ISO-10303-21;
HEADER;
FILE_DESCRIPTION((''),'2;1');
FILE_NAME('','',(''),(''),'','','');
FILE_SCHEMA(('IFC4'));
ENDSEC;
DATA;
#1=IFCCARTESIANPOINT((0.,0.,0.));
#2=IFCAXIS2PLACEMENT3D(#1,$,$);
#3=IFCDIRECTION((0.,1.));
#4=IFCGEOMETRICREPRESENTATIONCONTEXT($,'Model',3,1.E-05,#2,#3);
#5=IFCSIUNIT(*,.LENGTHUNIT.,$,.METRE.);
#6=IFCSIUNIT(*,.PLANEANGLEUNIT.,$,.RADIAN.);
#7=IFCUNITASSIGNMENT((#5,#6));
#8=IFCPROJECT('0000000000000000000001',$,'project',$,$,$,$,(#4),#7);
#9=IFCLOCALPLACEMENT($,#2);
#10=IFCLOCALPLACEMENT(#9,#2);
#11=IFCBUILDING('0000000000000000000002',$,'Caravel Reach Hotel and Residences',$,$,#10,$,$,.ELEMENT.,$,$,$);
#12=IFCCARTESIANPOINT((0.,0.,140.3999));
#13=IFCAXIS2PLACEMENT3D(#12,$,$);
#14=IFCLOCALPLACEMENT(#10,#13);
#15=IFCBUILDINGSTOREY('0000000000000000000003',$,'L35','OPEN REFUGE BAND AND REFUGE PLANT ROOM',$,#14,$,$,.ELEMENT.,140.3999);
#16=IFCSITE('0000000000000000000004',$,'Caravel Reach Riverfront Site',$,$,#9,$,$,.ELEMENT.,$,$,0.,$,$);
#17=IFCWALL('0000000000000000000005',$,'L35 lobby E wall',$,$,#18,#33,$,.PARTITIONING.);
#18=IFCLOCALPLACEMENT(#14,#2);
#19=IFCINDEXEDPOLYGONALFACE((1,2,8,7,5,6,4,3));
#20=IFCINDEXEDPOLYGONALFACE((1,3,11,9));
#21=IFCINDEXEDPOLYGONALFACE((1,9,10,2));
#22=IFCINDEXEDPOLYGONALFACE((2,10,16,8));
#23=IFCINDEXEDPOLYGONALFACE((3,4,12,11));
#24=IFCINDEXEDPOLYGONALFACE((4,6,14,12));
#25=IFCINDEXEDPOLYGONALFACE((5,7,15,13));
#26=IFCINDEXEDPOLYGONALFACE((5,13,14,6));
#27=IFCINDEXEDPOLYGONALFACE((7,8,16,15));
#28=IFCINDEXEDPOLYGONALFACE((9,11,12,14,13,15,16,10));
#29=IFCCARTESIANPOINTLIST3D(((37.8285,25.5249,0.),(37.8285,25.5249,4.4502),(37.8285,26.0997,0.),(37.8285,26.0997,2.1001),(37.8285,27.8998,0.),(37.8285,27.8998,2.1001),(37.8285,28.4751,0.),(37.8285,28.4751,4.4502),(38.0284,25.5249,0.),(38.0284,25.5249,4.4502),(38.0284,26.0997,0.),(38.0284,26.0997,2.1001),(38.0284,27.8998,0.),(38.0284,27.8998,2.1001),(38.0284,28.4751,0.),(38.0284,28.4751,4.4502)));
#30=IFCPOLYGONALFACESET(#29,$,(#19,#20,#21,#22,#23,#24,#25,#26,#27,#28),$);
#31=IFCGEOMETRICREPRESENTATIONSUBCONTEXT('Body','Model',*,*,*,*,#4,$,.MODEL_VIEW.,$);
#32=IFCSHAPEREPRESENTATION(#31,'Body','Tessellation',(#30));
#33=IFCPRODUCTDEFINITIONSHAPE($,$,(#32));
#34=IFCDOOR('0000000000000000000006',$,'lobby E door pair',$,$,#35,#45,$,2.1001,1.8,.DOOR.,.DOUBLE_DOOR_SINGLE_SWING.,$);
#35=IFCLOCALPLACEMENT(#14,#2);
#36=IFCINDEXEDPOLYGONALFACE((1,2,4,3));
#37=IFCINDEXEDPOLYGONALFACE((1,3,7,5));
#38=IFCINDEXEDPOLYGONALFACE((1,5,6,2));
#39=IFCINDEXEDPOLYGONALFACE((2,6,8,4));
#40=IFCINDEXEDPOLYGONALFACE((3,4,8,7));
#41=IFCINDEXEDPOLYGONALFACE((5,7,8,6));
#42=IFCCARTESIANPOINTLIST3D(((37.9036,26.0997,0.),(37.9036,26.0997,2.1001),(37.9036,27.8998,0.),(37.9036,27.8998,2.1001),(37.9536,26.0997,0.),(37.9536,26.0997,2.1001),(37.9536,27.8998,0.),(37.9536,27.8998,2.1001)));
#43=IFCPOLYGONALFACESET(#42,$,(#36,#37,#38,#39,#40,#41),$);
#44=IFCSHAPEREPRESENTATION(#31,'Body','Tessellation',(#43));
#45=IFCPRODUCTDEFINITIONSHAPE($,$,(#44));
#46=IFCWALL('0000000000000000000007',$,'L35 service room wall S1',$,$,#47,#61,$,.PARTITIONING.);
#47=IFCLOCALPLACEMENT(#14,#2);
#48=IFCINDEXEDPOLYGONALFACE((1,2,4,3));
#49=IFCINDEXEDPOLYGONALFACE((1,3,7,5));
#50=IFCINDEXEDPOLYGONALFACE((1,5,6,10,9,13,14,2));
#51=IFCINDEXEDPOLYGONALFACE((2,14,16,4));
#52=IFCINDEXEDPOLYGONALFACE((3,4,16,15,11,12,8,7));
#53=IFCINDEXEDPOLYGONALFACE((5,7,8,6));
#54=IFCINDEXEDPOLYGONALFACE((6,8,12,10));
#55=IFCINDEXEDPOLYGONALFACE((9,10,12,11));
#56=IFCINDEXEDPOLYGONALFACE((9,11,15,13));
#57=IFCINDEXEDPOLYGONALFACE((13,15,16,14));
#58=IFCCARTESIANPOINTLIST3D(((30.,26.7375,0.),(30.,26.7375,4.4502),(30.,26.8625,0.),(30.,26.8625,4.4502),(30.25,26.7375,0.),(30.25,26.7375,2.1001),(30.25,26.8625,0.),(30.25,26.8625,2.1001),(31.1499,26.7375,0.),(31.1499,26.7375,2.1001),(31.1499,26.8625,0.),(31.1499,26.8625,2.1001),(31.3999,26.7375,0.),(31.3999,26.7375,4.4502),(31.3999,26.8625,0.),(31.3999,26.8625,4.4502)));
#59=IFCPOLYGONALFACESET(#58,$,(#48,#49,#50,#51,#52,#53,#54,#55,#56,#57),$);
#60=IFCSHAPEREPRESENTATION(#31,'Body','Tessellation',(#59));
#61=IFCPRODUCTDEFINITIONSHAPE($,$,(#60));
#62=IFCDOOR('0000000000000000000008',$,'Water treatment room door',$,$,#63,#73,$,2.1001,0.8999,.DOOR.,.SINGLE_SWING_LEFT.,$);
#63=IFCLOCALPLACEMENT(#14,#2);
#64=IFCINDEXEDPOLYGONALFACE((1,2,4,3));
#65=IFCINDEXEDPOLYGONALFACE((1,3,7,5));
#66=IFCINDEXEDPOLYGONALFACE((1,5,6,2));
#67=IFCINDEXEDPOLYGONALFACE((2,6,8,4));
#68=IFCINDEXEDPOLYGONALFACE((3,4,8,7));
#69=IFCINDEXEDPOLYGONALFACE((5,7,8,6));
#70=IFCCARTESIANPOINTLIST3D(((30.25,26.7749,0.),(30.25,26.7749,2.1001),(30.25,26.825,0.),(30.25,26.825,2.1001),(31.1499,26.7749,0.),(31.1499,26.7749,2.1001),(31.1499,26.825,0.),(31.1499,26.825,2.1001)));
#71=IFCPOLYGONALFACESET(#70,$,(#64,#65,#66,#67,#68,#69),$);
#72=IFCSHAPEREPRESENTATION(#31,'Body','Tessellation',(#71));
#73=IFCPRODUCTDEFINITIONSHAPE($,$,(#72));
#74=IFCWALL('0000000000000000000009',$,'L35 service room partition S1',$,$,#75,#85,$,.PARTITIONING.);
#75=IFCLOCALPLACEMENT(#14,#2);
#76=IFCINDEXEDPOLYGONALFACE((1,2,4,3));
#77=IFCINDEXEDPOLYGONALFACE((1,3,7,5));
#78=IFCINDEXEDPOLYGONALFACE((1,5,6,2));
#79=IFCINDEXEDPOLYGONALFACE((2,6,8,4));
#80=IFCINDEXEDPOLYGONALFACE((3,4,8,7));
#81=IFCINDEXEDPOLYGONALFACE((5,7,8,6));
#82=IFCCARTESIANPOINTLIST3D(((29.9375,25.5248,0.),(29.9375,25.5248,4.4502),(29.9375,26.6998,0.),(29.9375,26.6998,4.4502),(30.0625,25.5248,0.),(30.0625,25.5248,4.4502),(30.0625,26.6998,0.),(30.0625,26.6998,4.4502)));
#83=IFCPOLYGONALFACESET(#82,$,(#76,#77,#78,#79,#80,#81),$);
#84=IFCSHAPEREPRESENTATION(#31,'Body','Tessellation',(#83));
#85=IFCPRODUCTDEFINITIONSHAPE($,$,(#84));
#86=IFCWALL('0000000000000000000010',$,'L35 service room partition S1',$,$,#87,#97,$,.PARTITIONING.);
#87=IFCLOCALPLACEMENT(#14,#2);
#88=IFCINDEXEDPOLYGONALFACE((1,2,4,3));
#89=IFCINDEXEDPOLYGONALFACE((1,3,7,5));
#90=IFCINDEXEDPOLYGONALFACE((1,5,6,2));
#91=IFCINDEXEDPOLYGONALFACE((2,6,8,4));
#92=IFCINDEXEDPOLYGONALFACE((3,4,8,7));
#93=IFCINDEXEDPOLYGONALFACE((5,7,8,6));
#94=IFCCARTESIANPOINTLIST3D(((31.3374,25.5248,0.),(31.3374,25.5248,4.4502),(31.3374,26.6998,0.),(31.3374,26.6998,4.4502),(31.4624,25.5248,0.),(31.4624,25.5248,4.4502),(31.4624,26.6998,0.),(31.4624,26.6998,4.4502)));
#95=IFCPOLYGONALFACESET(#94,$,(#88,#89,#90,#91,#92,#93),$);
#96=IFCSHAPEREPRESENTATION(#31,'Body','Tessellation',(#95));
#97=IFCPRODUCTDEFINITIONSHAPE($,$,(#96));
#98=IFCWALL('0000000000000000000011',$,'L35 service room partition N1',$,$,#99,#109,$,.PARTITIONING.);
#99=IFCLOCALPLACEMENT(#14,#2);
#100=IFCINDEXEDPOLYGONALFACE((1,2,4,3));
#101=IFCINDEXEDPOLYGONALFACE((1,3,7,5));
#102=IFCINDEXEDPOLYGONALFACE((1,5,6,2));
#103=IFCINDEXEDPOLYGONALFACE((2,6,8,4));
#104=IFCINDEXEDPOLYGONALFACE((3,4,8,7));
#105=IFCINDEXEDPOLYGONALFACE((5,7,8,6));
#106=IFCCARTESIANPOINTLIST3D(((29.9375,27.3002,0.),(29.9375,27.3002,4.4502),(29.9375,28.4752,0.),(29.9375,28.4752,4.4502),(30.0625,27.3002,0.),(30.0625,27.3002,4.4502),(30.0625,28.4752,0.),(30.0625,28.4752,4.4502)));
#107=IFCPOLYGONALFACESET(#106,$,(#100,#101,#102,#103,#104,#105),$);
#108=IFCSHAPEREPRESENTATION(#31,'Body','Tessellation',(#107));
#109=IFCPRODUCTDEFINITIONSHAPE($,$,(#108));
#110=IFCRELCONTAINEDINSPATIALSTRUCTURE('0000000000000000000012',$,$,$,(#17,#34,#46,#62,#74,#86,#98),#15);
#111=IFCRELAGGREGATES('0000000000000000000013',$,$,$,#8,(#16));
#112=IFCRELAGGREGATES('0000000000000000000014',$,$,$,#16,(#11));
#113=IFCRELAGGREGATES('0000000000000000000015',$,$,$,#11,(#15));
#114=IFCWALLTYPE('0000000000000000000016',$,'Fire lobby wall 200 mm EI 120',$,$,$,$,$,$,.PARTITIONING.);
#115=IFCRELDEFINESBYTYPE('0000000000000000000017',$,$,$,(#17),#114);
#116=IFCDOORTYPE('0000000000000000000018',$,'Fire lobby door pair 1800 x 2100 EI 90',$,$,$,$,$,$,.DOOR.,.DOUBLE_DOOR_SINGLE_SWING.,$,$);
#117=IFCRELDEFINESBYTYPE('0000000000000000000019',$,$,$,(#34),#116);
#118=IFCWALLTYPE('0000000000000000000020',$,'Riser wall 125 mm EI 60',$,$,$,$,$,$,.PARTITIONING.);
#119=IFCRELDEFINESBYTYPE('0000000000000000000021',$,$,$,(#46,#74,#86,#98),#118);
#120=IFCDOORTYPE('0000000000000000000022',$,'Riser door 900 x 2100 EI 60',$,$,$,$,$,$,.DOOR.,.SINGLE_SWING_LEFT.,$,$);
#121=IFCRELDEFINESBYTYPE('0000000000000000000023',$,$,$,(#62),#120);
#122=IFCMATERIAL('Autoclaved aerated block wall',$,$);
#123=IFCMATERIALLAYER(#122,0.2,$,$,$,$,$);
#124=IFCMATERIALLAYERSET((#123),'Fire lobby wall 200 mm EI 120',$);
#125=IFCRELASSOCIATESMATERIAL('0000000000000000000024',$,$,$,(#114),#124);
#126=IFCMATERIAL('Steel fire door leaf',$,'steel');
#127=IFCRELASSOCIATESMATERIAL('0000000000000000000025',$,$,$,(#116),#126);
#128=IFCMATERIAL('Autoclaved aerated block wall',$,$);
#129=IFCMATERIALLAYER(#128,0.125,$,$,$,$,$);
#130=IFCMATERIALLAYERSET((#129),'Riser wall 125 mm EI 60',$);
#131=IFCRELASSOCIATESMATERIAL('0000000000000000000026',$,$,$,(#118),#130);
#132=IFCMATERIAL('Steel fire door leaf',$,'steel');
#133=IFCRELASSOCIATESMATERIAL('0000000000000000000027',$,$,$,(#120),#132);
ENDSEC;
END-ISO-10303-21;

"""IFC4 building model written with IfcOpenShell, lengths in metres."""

from ifc_helpers import new_model, si_unit, direction, frame, frame_2d, origin, place, context, subcontext, project, spatial, rectangle, extrude, material, layer, layer_set, type_object, element, fill, save


model = new_model("IFC4")

# Units and contexts
model_context = context("Model", 3, precision=1e-05, world=origin(), true_north=direction((0.0, 1.0)))
body_context = subcontext(model_context, "Body", "Model", "MODEL_VIEW")
ifc_project = project(units=[si_unit("LENGTHUNIT", "METRE"), si_unit("PLANEANGLEUNIT", "RADIAN")], contexts=[model_context])

# Site, building, storey
site_placement = place(None, origin())
site = spatial("IfcSite", under=ifc_project, at=site_placement, Name="Caravel Reach Riverfront Site", CompositionType="ELEMENT", RefElevation=0.0)
building_placement = place(site_placement, origin())
building = spatial("IfcBuilding", under=site, at=building_placement, Name="Caravel Reach Hotel and Residences", CompositionType="ELEMENT")
storey_placement = place(building_placement, frame((0.0, 0.0, 140.3999)))
storey = spatial("IfcBuildingStorey", under=building, at=storey_placement, Name="L35", Description="OPEN REFUGE BAND AND REFUGE PLANT ROOM", CompositionType="ELEMENT", Elevation=140.3999)

# Walls, openings, doors
ifc_material_1 = material(Name="Autoclaved aerated block wall")
ifc_layer_1 = layer(ifc_material_1, 0.2)
ifc_layer_set_1 = layer_set([ifc_layer_1], Name="Fire lobby wall 200 mm EI 120")
wall_type_1 = type_object("IfcWallType", Name="Fire lobby wall 200 mm EI 120", PredefinedType="PARTITIONING", material=ifc_layer_set_1)
wall_1_placement = place(storey_placement, frame((37.9285, 25.5249, 0.0), z_axis=(0.0, 0.0, 1.0), x_axis=(0.0, 1.0, 0.0)))
wall_1 = element("IfcWall", 1, at=wall_1_placement, inside=storey, type_object=wall_type_1, Name="L35 lobby E wall", PredefinedType="PARTITIONING", context=body_context, shape_type="SweptSolid", body=[
    extrude(rectangle(XDim=2.9502, YDim=0.2, at=frame_2d((1.4751, 0.0))), origin(), (0.0, 0.0, 1.0), 4.4502),
])
opening_1_placement = place(wall_1_placement, frame((0.575, 0.0, 0.0)))
opening_1 = element("IfcOpeningElement", 2, at=opening_1_placement, cuts=wall_1, PredefinedType="OPENING", context=body_context, shape_type="SweptSolid", body=[
    extrude(rectangle(XDim=1.8, YDim=2.1001, at=frame_2d((0.8999, 1.05))), frame((0.0, 0.1099, 0.0), z_axis=(0.0, -1.0, 0.0), x_axis=(1.0, 0.0, 0.0)), (0.0, 0.0, 1.0), 0.22),
])
ifc_material_2 = material(Name="Steel fire door leaf", Category="steel")
door_type_1 = type_object("IfcDoorType", Name="Fire lobby door pair 1800 x 2100 EI 90", OperationType="DOUBLE_DOOR_SINGLE_SWING", PredefinedType="DOOR", material=ifc_material_2)
door_1_placement = place(opening_1_placement, origin())
door_1 = element("IfcDoor", 3, at=door_1_placement, inside=storey, type_object=door_type_1, Name="lobby E door pair", OperationType="DOUBLE_DOOR_SINGLE_SWING", OverallHeight=2.1001, OverallWidth=1.8, PredefinedType="DOOR", context=body_context, shape_type="SweptSolid", body=[
    extrude(rectangle(XDim=1.8, YDim=2.1001, at=frame_2d((0.8999, 1.05))), frame((0.0, 0.0249, 0.0), z_axis=(0.0, -1.0, 0.0), x_axis=(1.0, 0.0, 0.0)), (0.0, 0.0, 1.0), 0.05),
])
fill(opening_1, door_1)
ifc_material_3 = material(Name="Autoclaved aerated block wall")
ifc_layer_2 = layer(ifc_material_3, 0.125)
ifc_layer_set_2 = layer_set([ifc_layer_2], Name="Riser wall 125 mm EI 60")
wall_type_2 = type_object("IfcWallType", Name="Riser wall 125 mm EI 60", PredefinedType="PARTITIONING", material=ifc_layer_set_2)
wall_2_placement = place(storey_placement, frame((30.0, 26.8, 0.0), z_axis=(0.0, 0.0, 1.0), x_axis=(1.0, 0.0, 0.0)))
wall_2 = element("IfcWall", 4, at=wall_2_placement, inside=storey, type_object=wall_type_2, Name="L35 service room wall S1", PredefinedType="PARTITIONING", context=body_context, shape_type="SweptSolid", body=[
    extrude(rectangle(XDim=1.3999, YDim=0.125, at=frame_2d((0.7, 0.0))), origin(), (0.0, 0.0, 1.0), 4.4502),
])
opening_2_placement = place(wall_2_placement, frame((0.25, 0.0, 0.0)))
opening_2 = element("IfcOpeningElement", 5, at=opening_2_placement, cuts=wall_2, PredefinedType="OPENING", context=body_context, shape_type="SweptSolid", body=[
    extrude(rectangle(XDim=0.8999, YDim=2.1001, at=frame_2d((0.45, 1.05))), frame((0.0, 0.0725, 0.0), z_axis=(0.0, -1.0, 0.0), x_axis=(1.0, 0.0, 0.0)), (0.0, 0.0, 1.0), 0.145),
])
ifc_material_4 = material(Name="Steel fire door leaf", Category="steel")
door_type_2 = type_object("IfcDoorType", Name="Riser door 900 x 2100 EI 60", OperationType="SINGLE_SWING_LEFT", PredefinedType="DOOR", material=ifc_material_4)
door_2_placement = place(opening_2_placement, origin())
door_2 = element("IfcDoor", 6, at=door_2_placement, inside=storey, type_object=door_type_2, Name="Water treatment room door", OperationType="SINGLE_SWING_LEFT", OverallHeight=2.1001, OverallWidth=0.8999, PredefinedType="DOOR", context=body_context, shape_type="SweptSolid", body=[
    extrude(rectangle(XDim=0.8999, YDim=2.1001, at=frame_2d((0.45, 1.05))), frame((0.0, 0.0249, 0.0), z_axis=(0.0, -1.0, 0.0), x_axis=(1.0, 0.0, 0.0)), (0.0, 0.0, 1.0), 0.05),
])
fill(opening_2, door_2)

# Walls
for number, where, z_axis, x_axis, name in (
    (7, (30.0, 25.5249, 0.0), (0.0, 0.0, 1.0), (0.0, 1.0, 0.0), "L35 service room partition S1"),
    (8, (31.3999, 25.5249, 0.0), (0.0, 0.0, 1.0), (0.0, 1.0, 0.0), "L35 service room partition S1"),
    (9, (30.0, 28.4751, 0.0), (0.0, 0.0, 1.0), (0.0, -1.0, 0.0), "L35 service room partition N1"),
):
    element("IfcWall", number, at=place(storey_placement, frame(where, z_axis=z_axis, x_axis=x_axis)), inside=storey, type_object=wall_type_2, Name=name, PredefinedType="PARTITIONING", context=body_context, shape_type="SweptSolid", body=[
        extrude(rectangle(XDim=1.175, YDim=0.125, at=frame_2d((0.5874, 0.0))), origin(), (0.0, 0.0, 1.0), 4.4502),
    ])

save(model, "model.ifc")
